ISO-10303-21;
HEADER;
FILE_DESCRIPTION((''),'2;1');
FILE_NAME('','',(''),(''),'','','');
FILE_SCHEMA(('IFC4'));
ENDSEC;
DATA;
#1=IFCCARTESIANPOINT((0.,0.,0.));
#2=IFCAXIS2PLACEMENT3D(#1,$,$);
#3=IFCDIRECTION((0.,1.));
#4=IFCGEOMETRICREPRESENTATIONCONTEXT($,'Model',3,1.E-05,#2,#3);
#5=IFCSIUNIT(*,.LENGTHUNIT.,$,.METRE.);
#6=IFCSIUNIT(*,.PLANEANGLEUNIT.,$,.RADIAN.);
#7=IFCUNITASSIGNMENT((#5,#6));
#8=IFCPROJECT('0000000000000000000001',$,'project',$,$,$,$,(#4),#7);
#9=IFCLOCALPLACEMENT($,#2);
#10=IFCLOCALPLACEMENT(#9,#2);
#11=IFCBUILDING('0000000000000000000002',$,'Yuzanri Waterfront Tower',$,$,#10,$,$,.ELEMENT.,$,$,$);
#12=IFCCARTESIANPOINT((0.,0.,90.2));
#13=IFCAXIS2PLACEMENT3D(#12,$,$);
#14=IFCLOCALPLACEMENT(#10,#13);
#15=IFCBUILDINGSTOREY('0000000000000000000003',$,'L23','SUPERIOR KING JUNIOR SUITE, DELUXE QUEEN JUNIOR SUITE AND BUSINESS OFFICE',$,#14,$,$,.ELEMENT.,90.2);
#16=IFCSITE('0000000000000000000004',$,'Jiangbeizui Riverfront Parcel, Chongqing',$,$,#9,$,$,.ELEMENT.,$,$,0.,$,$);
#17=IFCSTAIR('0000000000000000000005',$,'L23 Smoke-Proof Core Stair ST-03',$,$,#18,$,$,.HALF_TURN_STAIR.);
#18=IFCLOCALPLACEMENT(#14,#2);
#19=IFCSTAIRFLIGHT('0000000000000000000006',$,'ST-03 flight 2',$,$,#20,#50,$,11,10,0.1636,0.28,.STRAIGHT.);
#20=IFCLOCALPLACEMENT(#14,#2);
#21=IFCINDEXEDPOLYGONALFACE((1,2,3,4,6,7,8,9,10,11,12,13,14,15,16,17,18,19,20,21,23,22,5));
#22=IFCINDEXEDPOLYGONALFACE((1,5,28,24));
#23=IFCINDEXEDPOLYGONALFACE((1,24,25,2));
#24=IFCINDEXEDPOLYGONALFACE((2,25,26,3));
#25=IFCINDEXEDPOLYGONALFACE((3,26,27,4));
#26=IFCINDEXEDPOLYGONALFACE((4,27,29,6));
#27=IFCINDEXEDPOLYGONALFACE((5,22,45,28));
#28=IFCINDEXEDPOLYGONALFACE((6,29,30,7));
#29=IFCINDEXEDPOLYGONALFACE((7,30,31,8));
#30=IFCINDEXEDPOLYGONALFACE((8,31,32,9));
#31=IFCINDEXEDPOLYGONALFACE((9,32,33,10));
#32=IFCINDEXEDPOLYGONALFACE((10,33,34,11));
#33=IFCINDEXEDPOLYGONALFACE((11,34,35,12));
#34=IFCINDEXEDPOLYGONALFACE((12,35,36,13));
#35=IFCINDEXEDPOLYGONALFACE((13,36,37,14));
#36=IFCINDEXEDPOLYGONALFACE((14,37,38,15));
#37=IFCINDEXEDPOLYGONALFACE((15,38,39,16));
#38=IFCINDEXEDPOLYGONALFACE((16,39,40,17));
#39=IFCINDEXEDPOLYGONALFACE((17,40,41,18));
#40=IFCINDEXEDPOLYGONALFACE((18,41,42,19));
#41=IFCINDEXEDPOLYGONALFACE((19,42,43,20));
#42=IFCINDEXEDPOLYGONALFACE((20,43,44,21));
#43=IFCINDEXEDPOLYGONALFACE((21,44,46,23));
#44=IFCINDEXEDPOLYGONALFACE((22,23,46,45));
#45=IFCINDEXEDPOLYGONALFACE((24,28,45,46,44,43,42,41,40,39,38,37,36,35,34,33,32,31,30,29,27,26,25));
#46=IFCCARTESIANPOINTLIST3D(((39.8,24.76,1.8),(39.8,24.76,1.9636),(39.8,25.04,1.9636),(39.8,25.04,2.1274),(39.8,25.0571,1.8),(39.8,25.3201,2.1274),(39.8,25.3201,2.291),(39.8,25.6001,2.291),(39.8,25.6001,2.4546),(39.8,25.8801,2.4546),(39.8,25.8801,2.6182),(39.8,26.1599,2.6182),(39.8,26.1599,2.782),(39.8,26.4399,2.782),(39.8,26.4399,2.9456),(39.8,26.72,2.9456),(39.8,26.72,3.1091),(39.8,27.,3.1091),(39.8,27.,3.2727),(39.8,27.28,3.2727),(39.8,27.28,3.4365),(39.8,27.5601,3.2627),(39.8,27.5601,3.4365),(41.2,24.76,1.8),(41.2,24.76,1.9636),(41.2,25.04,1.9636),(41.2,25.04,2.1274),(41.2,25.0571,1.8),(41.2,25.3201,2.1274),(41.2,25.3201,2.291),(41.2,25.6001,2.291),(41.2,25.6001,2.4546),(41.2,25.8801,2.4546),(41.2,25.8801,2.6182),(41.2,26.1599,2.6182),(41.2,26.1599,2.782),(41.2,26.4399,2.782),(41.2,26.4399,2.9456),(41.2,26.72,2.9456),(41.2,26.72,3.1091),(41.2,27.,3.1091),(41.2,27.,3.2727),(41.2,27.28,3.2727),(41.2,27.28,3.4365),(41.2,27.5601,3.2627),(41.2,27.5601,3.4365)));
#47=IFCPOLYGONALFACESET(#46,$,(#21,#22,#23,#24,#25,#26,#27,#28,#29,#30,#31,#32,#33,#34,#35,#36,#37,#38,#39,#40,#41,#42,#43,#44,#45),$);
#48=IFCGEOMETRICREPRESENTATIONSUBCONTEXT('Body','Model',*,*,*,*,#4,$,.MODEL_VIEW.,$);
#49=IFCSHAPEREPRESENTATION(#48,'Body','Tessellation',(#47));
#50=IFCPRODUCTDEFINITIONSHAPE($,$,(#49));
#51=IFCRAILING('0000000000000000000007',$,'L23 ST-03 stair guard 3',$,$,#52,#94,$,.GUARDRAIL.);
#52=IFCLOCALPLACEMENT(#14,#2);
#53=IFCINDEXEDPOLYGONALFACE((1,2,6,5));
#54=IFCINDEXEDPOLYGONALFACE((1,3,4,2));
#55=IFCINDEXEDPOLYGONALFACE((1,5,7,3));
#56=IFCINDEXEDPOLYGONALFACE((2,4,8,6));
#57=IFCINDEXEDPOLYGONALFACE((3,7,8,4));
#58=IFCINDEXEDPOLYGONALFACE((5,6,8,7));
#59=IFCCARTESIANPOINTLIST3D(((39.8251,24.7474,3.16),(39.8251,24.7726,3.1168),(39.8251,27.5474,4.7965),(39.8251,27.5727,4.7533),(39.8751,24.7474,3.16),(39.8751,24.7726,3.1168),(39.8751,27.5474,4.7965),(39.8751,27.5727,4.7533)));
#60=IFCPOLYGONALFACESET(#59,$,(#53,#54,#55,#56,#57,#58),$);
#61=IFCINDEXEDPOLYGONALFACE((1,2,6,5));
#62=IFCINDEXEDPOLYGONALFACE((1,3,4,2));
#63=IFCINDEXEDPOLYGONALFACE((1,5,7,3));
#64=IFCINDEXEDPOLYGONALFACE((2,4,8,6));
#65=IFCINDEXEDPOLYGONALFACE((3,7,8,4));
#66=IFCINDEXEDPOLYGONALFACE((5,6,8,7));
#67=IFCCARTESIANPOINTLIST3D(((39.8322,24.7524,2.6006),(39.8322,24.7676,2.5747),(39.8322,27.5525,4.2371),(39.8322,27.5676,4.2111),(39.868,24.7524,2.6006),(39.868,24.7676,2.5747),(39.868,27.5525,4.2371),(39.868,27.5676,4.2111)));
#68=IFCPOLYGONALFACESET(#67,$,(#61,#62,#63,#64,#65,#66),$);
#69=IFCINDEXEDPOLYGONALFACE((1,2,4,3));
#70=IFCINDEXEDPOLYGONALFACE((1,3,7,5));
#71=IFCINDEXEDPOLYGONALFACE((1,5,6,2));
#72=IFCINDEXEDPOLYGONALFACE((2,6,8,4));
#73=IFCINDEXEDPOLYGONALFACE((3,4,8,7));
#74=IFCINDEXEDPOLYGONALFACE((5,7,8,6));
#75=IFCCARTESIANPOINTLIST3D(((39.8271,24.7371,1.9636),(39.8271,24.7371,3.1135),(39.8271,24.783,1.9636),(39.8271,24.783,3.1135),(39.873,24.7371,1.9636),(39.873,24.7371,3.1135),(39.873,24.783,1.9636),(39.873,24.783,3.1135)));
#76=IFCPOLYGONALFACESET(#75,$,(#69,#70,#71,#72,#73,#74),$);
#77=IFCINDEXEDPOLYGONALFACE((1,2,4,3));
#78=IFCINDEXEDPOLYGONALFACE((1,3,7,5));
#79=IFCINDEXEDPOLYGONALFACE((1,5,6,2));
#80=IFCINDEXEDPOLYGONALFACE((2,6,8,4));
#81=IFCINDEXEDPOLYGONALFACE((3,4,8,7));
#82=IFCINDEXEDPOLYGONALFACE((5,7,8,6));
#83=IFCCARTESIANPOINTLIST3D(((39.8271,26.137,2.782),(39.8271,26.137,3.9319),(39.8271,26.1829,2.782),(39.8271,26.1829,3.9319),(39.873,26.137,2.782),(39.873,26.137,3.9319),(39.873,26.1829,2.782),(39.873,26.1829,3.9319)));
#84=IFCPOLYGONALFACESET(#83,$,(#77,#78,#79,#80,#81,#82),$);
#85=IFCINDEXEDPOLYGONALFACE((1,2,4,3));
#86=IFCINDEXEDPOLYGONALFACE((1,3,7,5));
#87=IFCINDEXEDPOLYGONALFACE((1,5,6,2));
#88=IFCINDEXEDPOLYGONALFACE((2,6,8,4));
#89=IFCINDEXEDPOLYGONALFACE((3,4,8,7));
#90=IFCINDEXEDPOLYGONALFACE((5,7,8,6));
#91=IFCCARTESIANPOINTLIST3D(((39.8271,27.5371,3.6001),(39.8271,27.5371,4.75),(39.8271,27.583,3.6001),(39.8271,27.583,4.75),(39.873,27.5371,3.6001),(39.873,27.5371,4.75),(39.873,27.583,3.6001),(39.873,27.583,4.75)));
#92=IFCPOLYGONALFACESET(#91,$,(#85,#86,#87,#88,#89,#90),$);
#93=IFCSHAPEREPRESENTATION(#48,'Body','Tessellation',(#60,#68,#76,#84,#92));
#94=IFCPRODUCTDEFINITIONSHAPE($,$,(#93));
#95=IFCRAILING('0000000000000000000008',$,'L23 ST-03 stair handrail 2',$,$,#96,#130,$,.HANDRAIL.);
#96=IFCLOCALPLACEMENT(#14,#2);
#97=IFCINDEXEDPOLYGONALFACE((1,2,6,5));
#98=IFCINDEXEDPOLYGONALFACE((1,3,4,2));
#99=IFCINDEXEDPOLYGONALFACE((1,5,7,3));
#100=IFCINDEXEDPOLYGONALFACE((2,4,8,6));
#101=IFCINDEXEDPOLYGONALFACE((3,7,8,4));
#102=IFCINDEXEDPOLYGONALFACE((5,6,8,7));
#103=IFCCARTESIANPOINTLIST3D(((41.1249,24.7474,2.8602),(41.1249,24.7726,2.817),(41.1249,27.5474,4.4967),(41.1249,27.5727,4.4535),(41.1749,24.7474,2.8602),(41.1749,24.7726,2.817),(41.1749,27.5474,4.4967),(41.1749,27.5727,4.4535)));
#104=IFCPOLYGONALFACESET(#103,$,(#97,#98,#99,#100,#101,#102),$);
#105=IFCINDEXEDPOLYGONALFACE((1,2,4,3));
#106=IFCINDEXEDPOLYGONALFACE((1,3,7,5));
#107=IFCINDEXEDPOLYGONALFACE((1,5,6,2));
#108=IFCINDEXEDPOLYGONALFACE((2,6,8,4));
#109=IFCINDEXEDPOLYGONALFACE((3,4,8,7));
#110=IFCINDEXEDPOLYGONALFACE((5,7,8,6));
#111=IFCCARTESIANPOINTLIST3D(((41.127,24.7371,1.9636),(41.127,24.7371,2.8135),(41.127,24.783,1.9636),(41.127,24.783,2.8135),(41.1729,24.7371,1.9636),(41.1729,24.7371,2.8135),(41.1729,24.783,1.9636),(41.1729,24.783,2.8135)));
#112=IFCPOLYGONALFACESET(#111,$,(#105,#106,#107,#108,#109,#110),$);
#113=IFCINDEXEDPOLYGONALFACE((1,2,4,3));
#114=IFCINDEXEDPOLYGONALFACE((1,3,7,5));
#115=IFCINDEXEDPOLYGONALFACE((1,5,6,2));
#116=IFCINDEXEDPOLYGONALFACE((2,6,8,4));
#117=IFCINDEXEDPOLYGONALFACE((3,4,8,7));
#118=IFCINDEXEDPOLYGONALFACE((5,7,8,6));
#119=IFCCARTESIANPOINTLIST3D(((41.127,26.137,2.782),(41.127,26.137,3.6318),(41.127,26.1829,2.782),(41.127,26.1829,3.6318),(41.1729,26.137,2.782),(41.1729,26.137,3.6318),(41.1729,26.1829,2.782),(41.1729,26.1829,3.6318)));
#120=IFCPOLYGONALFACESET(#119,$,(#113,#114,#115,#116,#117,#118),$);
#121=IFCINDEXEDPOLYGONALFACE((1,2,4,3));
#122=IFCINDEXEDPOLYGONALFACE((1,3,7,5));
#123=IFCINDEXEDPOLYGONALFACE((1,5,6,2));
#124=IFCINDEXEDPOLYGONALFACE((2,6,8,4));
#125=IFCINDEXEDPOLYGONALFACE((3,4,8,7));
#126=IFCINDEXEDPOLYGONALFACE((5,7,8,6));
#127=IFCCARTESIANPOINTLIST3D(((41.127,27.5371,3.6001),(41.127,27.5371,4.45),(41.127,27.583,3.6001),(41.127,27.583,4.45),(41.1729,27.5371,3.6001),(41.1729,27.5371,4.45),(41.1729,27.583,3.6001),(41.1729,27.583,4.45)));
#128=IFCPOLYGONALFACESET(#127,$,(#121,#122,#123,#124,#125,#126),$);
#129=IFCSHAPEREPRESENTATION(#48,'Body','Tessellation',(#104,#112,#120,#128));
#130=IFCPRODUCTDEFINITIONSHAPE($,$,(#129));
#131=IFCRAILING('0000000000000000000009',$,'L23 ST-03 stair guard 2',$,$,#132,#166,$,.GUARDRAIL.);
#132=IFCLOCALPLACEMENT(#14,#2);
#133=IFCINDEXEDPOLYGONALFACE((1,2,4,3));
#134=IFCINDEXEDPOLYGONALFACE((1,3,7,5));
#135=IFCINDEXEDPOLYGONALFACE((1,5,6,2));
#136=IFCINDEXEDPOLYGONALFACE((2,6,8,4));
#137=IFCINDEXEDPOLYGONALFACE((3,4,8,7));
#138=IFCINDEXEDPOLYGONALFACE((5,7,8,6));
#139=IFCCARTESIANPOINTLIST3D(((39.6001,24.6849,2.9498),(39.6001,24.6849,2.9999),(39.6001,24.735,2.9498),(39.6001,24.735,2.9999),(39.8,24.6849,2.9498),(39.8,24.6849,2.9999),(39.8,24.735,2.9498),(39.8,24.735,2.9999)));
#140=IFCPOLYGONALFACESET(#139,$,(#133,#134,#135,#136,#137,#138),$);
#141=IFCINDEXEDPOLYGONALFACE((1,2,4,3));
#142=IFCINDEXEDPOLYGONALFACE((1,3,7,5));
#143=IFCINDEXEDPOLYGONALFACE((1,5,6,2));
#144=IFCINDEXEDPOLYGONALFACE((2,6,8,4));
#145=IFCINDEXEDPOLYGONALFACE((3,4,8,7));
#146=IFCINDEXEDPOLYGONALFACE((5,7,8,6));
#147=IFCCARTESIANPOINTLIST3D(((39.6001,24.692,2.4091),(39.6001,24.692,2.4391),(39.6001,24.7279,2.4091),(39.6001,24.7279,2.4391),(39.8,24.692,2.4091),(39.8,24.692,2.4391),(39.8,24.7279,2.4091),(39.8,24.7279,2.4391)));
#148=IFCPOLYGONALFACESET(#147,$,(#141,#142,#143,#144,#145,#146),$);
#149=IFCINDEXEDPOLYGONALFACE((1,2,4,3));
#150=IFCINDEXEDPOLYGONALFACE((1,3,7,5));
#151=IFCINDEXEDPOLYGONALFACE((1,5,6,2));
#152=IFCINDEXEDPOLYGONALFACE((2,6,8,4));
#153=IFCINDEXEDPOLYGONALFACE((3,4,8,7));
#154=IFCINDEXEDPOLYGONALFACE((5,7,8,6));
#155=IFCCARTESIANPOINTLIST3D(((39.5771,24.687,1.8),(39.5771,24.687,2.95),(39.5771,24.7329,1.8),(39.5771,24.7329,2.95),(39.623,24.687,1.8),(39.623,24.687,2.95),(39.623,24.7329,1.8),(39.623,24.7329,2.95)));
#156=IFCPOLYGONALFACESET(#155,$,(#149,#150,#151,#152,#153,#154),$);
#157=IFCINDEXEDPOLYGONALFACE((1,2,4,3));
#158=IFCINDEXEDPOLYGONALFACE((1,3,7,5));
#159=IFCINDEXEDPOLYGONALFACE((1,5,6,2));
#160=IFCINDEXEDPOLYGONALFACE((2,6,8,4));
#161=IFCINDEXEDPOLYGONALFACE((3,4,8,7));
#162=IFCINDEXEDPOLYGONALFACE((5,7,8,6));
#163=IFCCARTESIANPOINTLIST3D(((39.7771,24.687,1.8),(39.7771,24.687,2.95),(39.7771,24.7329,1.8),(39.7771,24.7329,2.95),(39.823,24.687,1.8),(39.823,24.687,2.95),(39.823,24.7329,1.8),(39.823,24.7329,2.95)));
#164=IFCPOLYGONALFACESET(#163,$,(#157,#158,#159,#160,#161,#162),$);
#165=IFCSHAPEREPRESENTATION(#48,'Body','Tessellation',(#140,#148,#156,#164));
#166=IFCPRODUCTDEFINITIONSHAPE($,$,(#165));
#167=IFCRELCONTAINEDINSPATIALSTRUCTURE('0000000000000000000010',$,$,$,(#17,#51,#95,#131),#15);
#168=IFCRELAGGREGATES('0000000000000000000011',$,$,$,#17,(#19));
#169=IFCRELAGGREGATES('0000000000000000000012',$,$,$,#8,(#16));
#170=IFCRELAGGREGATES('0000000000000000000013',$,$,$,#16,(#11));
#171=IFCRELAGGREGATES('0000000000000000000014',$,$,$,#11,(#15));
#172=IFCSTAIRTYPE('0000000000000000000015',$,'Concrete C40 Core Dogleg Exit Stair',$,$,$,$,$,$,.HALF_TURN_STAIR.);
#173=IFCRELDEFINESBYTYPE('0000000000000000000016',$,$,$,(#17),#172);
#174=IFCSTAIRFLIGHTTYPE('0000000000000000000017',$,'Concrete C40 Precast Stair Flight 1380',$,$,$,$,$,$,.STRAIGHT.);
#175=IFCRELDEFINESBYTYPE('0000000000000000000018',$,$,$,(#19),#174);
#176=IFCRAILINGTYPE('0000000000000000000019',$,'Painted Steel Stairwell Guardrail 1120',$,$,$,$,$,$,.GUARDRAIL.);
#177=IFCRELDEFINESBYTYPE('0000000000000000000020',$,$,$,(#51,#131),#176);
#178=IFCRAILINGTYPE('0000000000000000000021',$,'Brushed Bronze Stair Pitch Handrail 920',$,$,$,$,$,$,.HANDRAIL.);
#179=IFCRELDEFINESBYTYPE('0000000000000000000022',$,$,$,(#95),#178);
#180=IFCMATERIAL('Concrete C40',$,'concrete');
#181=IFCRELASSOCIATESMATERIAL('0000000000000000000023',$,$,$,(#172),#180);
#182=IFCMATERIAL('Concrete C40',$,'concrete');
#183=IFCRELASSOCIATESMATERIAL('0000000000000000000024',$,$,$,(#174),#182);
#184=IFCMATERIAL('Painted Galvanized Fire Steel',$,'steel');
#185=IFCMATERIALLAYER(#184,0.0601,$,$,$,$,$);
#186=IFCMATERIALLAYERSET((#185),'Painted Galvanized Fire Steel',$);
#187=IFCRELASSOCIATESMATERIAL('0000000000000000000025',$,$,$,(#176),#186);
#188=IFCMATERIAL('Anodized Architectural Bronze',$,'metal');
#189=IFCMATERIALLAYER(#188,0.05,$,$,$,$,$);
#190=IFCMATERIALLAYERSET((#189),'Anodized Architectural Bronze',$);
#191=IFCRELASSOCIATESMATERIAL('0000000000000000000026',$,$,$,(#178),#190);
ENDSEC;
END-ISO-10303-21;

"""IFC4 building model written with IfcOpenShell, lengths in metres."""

from ifc_helpers import new_model, si_unit, direction, frame, origin, origin_2d, place, context, subcontext, project, spatial, polyline, rectangle, outline, extrude, source, transform, mapped, material, layer, layer_set, type_object, element, aggregate, save


model = new_model("IFC4")

# Units and contexts
model_context = context("Model", 3, precision=1e-05, world=origin(), true_north=direction((0.0, 1.0)))
body_context = subcontext(model_context, "Body", "Model", "MODEL_VIEW")
ifc_project = project(units=[si_unit("LENGTHUNIT", "METRE"), si_unit("PLANEANGLEUNIT", "RADIAN")], contexts=[model_context])

# Site, building, storey
site_placement = place(None, origin())
site = spatial("IfcSite", under=ifc_project, at=site_placement, Name="Jiangbeizui Riverfront Parcel, Chongqing", CompositionType="ELEMENT", RefElevation=0.0)
building_placement = place(site_placement, origin())
building = spatial("IfcBuilding", under=site, at=building_placement, Name="Yuzanri Waterfront Tower", CompositionType="ELEMENT")
storey_placement = place(building_placement, frame((0.0, 0.0, 90.2)))
storey = spatial("IfcBuildingStorey", under=building, at=storey_placement, Name="L23", Description="SUPERIOR KING JUNIOR SUITE, DELUXE QUEEN JUNIOR SUITE AND BUSINESS OFFICE", CompositionType="ELEMENT", Elevation=90.2)

# Stair, stair flight
ifc_material_1 = material(Name="Concrete C40", Category="concrete")
stair_type = type_object("IfcStairType", Name="Concrete C40 Core Dogleg Exit Stair", PredefinedType="HALF_TURN_STAIR", material=ifc_material_1)
stair_placement = place(storey_placement, origin())
stair = element("IfcStair", 1, at=stair_placement, inside=storey, type_object=stair_type, Name="L23 Smoke-Proof Core Stair ST-03", PredefinedType="HALF_TURN_STAIR")
ifc_material_2 = material(Name="Concrete C40", Category="concrete")
stair_flight_type = type_object("IfcStairFlightType", Name="Concrete C40 Precast Stair Flight 1380", PredefinedType="STRAIGHT", material=ifc_material_2)
shared_shape_1 = source(origin(), body_context, "Body", "SweptSolid", [
    extrude(outline(polyline([(0.0, 0.0), (0.0, 0.1636), (0.28, 0.1636), (0.28, 0.3274), (0.5601, 0.3274), (0.5601, 0.491), (0.8401, 0.491), (0.8401, 0.6545), (1.1201, 0.6545), (1.1201, 0.8181), (1.3999, 0.8181), (1.3999, 0.9819), (1.6799, 0.9819), (1.6799, 1.1455), (1.96, 1.1455), (1.96, 1.3091), (2.24, 1.3091), (2.24, 1.4727), (2.52, 1.4727), (2.52, 1.6365), (2.8, 1.6365), (2.8, 1.8), (2.8, 1.4626), (0.2971, 0.0), (0.0, 0.0)])), frame((0.0, 0.7, 0.0), z_axis=(0.0, -1.0, 0.0), x_axis=(1.0, 0.0, 0.0)), (0.0, 0.0, 1.0), 1.3999),
])
stair_flight_placement = place(storey_placement, frame((40.5, 24.76, 1.8), z_axis=(0.0, 0.0, 1.0), x_axis=(0.0, 1.0, 0.0)))
stair_flight = element("IfcStairFlight", 2, at=stair_flight_placement, type_object=stair_flight_type, Name="ST-03 flight 2", NumberOfRisers=11, NumberOfTreads=10, PredefinedType="STRAIGHT", RiserHeight=0.1636, TreadLength=0.28, context=body_context, shape_type="MappedRepresentation", body=[
    mapped(shared_shape_1, transform((0.0, 0.0, 0.0), scale=1.0)),
])
aggregate(stair, [stair_flight])

# Railings
ifc_material_3 = material(Name="Painted Galvanized Fire Steel", Category="steel")
ifc_layer_1 = layer(ifc_material_3, 0.0601)
ifc_layer_set_1 = layer_set([ifc_layer_1], Name="Painted Galvanized Fire Steel")
railing_type_1 = type_object("IfcRailingType", Name="Painted Steel Stairwell Guardrail 1120", PredefinedType="GUARDRAIL", material=ifc_layer_set_1)
shared_shape_2 = source(origin(), body_context, "Body", "SweptSolid", [
    extrude(rectangle(XDim=0.05, YDim=0.05, at=origin_2d()), frame((0.0, 0.0, 1.1748), z_axis=(0.0, 0.863361, 0.504587), x_axis=(-1.0, 0.0, 0.0)), (0.0, 0.0, 1.0), 3.2432),
    extrude(rectangle(XDim=0.0359, YDim=0.03, at=origin_2d()), frame((0.0, 0.0, 0.624), z_axis=(0.0, 0.863361, 0.504587), x_axis=(-1.0, 0.0, 0.0)), (0.0, 0.0, 1.0), 3.2432),
    extrude(rectangle(XDim=0.0459, YDim=0.0459, at=origin_2d()), origin(), (0.0, 0.0, 1.0), 1.1499),
    extrude(rectangle(XDim=0.0459, YDim=0.0459, at=origin_2d()), frame((0.0, 1.3999, 0.8184)), (0.0, 0.0, 1.0), 1.1499),
    extrude(rectangle(XDim=0.0459, YDim=0.0459, at=origin_2d()), frame((0.0, 2.8, 1.6365)), (0.0, 0.0, 1.0), 1.1499),
])
railing_1_placement = place(storey_placement, frame((39.8501, 24.76, 1.9636)))
element("IfcRailing", 3, at=railing_1_placement, inside=storey, type_object=railing_type_1, Name="L23 ST-03 stair guard 3", PredefinedType="GUARDRAIL", context=body_context, shape_type="MappedRepresentation", body=[
    mapped(shared_shape_2, transform((0.0, 0.0, 0.0), scale=1.0)),
])
ifc_material_4 = material(Name="Anodized Architectural Bronze", Category="metal")
ifc_layer_2 = layer(ifc_material_4, 0.05)
ifc_layer_set_2 = layer_set([ifc_layer_2], Name="Anodized Architectural Bronze")
railing_type_2 = type_object("IfcRailingType", Name="Brushed Bronze Stair Pitch Handrail 920", PredefinedType="HANDRAIL", material=ifc_layer_set_2)
shared_shape_3 = source(origin(), body_context, "Body", "SweptSolid", [
    extrude(rectangle(XDim=0.05, YDim=0.05, at=origin_2d()), frame((0.0, 0.0, 0.875), z_axis=(0.0, 0.863361, 0.504587), x_axis=(-1.0, 0.0, 0.0)), (0.0, 0.0, 1.0), 3.2432),
    extrude(rectangle(XDim=0.0459, YDim=0.0459, at=origin_2d()), origin(), (0.0, 0.0, 1.0), 0.8499),
    extrude(rectangle(XDim=0.0459, YDim=0.0459, at=origin_2d()), frame((0.0, 1.3999, 0.8184)), (0.0, 0.0, 1.0), 0.8499),
    extrude(rectangle(XDim=0.0459, YDim=0.0459, at=origin_2d()), frame((0.0, 2.8, 1.6365)), (0.0, 0.0, 1.0), 0.8499),
])
railing_2_placement = place(storey_placement, frame((41.1499, 24.76, 1.9636)))
element("IfcRailing", 4, at=railing_2_placement, inside=storey, type_object=railing_type_2, Name="L23 ST-03 stair handrail 2", PredefinedType="HANDRAIL", context=body_context, shape_type="MappedRepresentation", body=[
    mapped(shared_shape_3, transform((0.0, 0.0, 0.0), scale=1.0)),
])
shared_shape_4 = source(origin(), body_context, "Body", "SweptSolid", [
    extrude(rectangle(XDim=0.05, YDim=0.05, at=origin_2d()), frame((0.0, 0.0, 1.1748), z_axis=(1.0, 0.0, 0.0), x_axis=(0.0, 1.0, 0.0)), (0.0, 0.0, 1.0), 0.2),
    extrude(rectangle(XDim=0.0359, YDim=0.03, at=origin_2d()), frame((0.0, 0.0, 0.624), z_axis=(1.0, 0.0, 0.0), x_axis=(0.0, 1.0, 0.0)), (0.0, 0.0, 1.0), 0.2),
    extrude(rectangle(XDim=0.0459, YDim=0.0459, at=origin_2d()), origin(), (0.0, 0.0, 1.0), 1.1499),
    extrude(rectangle(XDim=0.0459, YDim=0.0459, at=origin_2d()), frame((0.2, 0.0, 0.0)), (0.0, 0.0, 1.0), 1.1499),
])
railing_3_placement = place(storey_placement, frame((39.6001, 24.71, 1.8)))
element("IfcRailing", 5, at=railing_3_placement, inside=storey, type_object=railing_type_1, Name="L23 ST-03 stair guard 2", PredefinedType="GUARDRAIL", context=body_context, shape_type="MappedRepresentation", body=[
    mapped(shared_shape_4, transform((0.0, 0.0, 0.0), scale=1.0)),
])

save(model, "model.ifc")
